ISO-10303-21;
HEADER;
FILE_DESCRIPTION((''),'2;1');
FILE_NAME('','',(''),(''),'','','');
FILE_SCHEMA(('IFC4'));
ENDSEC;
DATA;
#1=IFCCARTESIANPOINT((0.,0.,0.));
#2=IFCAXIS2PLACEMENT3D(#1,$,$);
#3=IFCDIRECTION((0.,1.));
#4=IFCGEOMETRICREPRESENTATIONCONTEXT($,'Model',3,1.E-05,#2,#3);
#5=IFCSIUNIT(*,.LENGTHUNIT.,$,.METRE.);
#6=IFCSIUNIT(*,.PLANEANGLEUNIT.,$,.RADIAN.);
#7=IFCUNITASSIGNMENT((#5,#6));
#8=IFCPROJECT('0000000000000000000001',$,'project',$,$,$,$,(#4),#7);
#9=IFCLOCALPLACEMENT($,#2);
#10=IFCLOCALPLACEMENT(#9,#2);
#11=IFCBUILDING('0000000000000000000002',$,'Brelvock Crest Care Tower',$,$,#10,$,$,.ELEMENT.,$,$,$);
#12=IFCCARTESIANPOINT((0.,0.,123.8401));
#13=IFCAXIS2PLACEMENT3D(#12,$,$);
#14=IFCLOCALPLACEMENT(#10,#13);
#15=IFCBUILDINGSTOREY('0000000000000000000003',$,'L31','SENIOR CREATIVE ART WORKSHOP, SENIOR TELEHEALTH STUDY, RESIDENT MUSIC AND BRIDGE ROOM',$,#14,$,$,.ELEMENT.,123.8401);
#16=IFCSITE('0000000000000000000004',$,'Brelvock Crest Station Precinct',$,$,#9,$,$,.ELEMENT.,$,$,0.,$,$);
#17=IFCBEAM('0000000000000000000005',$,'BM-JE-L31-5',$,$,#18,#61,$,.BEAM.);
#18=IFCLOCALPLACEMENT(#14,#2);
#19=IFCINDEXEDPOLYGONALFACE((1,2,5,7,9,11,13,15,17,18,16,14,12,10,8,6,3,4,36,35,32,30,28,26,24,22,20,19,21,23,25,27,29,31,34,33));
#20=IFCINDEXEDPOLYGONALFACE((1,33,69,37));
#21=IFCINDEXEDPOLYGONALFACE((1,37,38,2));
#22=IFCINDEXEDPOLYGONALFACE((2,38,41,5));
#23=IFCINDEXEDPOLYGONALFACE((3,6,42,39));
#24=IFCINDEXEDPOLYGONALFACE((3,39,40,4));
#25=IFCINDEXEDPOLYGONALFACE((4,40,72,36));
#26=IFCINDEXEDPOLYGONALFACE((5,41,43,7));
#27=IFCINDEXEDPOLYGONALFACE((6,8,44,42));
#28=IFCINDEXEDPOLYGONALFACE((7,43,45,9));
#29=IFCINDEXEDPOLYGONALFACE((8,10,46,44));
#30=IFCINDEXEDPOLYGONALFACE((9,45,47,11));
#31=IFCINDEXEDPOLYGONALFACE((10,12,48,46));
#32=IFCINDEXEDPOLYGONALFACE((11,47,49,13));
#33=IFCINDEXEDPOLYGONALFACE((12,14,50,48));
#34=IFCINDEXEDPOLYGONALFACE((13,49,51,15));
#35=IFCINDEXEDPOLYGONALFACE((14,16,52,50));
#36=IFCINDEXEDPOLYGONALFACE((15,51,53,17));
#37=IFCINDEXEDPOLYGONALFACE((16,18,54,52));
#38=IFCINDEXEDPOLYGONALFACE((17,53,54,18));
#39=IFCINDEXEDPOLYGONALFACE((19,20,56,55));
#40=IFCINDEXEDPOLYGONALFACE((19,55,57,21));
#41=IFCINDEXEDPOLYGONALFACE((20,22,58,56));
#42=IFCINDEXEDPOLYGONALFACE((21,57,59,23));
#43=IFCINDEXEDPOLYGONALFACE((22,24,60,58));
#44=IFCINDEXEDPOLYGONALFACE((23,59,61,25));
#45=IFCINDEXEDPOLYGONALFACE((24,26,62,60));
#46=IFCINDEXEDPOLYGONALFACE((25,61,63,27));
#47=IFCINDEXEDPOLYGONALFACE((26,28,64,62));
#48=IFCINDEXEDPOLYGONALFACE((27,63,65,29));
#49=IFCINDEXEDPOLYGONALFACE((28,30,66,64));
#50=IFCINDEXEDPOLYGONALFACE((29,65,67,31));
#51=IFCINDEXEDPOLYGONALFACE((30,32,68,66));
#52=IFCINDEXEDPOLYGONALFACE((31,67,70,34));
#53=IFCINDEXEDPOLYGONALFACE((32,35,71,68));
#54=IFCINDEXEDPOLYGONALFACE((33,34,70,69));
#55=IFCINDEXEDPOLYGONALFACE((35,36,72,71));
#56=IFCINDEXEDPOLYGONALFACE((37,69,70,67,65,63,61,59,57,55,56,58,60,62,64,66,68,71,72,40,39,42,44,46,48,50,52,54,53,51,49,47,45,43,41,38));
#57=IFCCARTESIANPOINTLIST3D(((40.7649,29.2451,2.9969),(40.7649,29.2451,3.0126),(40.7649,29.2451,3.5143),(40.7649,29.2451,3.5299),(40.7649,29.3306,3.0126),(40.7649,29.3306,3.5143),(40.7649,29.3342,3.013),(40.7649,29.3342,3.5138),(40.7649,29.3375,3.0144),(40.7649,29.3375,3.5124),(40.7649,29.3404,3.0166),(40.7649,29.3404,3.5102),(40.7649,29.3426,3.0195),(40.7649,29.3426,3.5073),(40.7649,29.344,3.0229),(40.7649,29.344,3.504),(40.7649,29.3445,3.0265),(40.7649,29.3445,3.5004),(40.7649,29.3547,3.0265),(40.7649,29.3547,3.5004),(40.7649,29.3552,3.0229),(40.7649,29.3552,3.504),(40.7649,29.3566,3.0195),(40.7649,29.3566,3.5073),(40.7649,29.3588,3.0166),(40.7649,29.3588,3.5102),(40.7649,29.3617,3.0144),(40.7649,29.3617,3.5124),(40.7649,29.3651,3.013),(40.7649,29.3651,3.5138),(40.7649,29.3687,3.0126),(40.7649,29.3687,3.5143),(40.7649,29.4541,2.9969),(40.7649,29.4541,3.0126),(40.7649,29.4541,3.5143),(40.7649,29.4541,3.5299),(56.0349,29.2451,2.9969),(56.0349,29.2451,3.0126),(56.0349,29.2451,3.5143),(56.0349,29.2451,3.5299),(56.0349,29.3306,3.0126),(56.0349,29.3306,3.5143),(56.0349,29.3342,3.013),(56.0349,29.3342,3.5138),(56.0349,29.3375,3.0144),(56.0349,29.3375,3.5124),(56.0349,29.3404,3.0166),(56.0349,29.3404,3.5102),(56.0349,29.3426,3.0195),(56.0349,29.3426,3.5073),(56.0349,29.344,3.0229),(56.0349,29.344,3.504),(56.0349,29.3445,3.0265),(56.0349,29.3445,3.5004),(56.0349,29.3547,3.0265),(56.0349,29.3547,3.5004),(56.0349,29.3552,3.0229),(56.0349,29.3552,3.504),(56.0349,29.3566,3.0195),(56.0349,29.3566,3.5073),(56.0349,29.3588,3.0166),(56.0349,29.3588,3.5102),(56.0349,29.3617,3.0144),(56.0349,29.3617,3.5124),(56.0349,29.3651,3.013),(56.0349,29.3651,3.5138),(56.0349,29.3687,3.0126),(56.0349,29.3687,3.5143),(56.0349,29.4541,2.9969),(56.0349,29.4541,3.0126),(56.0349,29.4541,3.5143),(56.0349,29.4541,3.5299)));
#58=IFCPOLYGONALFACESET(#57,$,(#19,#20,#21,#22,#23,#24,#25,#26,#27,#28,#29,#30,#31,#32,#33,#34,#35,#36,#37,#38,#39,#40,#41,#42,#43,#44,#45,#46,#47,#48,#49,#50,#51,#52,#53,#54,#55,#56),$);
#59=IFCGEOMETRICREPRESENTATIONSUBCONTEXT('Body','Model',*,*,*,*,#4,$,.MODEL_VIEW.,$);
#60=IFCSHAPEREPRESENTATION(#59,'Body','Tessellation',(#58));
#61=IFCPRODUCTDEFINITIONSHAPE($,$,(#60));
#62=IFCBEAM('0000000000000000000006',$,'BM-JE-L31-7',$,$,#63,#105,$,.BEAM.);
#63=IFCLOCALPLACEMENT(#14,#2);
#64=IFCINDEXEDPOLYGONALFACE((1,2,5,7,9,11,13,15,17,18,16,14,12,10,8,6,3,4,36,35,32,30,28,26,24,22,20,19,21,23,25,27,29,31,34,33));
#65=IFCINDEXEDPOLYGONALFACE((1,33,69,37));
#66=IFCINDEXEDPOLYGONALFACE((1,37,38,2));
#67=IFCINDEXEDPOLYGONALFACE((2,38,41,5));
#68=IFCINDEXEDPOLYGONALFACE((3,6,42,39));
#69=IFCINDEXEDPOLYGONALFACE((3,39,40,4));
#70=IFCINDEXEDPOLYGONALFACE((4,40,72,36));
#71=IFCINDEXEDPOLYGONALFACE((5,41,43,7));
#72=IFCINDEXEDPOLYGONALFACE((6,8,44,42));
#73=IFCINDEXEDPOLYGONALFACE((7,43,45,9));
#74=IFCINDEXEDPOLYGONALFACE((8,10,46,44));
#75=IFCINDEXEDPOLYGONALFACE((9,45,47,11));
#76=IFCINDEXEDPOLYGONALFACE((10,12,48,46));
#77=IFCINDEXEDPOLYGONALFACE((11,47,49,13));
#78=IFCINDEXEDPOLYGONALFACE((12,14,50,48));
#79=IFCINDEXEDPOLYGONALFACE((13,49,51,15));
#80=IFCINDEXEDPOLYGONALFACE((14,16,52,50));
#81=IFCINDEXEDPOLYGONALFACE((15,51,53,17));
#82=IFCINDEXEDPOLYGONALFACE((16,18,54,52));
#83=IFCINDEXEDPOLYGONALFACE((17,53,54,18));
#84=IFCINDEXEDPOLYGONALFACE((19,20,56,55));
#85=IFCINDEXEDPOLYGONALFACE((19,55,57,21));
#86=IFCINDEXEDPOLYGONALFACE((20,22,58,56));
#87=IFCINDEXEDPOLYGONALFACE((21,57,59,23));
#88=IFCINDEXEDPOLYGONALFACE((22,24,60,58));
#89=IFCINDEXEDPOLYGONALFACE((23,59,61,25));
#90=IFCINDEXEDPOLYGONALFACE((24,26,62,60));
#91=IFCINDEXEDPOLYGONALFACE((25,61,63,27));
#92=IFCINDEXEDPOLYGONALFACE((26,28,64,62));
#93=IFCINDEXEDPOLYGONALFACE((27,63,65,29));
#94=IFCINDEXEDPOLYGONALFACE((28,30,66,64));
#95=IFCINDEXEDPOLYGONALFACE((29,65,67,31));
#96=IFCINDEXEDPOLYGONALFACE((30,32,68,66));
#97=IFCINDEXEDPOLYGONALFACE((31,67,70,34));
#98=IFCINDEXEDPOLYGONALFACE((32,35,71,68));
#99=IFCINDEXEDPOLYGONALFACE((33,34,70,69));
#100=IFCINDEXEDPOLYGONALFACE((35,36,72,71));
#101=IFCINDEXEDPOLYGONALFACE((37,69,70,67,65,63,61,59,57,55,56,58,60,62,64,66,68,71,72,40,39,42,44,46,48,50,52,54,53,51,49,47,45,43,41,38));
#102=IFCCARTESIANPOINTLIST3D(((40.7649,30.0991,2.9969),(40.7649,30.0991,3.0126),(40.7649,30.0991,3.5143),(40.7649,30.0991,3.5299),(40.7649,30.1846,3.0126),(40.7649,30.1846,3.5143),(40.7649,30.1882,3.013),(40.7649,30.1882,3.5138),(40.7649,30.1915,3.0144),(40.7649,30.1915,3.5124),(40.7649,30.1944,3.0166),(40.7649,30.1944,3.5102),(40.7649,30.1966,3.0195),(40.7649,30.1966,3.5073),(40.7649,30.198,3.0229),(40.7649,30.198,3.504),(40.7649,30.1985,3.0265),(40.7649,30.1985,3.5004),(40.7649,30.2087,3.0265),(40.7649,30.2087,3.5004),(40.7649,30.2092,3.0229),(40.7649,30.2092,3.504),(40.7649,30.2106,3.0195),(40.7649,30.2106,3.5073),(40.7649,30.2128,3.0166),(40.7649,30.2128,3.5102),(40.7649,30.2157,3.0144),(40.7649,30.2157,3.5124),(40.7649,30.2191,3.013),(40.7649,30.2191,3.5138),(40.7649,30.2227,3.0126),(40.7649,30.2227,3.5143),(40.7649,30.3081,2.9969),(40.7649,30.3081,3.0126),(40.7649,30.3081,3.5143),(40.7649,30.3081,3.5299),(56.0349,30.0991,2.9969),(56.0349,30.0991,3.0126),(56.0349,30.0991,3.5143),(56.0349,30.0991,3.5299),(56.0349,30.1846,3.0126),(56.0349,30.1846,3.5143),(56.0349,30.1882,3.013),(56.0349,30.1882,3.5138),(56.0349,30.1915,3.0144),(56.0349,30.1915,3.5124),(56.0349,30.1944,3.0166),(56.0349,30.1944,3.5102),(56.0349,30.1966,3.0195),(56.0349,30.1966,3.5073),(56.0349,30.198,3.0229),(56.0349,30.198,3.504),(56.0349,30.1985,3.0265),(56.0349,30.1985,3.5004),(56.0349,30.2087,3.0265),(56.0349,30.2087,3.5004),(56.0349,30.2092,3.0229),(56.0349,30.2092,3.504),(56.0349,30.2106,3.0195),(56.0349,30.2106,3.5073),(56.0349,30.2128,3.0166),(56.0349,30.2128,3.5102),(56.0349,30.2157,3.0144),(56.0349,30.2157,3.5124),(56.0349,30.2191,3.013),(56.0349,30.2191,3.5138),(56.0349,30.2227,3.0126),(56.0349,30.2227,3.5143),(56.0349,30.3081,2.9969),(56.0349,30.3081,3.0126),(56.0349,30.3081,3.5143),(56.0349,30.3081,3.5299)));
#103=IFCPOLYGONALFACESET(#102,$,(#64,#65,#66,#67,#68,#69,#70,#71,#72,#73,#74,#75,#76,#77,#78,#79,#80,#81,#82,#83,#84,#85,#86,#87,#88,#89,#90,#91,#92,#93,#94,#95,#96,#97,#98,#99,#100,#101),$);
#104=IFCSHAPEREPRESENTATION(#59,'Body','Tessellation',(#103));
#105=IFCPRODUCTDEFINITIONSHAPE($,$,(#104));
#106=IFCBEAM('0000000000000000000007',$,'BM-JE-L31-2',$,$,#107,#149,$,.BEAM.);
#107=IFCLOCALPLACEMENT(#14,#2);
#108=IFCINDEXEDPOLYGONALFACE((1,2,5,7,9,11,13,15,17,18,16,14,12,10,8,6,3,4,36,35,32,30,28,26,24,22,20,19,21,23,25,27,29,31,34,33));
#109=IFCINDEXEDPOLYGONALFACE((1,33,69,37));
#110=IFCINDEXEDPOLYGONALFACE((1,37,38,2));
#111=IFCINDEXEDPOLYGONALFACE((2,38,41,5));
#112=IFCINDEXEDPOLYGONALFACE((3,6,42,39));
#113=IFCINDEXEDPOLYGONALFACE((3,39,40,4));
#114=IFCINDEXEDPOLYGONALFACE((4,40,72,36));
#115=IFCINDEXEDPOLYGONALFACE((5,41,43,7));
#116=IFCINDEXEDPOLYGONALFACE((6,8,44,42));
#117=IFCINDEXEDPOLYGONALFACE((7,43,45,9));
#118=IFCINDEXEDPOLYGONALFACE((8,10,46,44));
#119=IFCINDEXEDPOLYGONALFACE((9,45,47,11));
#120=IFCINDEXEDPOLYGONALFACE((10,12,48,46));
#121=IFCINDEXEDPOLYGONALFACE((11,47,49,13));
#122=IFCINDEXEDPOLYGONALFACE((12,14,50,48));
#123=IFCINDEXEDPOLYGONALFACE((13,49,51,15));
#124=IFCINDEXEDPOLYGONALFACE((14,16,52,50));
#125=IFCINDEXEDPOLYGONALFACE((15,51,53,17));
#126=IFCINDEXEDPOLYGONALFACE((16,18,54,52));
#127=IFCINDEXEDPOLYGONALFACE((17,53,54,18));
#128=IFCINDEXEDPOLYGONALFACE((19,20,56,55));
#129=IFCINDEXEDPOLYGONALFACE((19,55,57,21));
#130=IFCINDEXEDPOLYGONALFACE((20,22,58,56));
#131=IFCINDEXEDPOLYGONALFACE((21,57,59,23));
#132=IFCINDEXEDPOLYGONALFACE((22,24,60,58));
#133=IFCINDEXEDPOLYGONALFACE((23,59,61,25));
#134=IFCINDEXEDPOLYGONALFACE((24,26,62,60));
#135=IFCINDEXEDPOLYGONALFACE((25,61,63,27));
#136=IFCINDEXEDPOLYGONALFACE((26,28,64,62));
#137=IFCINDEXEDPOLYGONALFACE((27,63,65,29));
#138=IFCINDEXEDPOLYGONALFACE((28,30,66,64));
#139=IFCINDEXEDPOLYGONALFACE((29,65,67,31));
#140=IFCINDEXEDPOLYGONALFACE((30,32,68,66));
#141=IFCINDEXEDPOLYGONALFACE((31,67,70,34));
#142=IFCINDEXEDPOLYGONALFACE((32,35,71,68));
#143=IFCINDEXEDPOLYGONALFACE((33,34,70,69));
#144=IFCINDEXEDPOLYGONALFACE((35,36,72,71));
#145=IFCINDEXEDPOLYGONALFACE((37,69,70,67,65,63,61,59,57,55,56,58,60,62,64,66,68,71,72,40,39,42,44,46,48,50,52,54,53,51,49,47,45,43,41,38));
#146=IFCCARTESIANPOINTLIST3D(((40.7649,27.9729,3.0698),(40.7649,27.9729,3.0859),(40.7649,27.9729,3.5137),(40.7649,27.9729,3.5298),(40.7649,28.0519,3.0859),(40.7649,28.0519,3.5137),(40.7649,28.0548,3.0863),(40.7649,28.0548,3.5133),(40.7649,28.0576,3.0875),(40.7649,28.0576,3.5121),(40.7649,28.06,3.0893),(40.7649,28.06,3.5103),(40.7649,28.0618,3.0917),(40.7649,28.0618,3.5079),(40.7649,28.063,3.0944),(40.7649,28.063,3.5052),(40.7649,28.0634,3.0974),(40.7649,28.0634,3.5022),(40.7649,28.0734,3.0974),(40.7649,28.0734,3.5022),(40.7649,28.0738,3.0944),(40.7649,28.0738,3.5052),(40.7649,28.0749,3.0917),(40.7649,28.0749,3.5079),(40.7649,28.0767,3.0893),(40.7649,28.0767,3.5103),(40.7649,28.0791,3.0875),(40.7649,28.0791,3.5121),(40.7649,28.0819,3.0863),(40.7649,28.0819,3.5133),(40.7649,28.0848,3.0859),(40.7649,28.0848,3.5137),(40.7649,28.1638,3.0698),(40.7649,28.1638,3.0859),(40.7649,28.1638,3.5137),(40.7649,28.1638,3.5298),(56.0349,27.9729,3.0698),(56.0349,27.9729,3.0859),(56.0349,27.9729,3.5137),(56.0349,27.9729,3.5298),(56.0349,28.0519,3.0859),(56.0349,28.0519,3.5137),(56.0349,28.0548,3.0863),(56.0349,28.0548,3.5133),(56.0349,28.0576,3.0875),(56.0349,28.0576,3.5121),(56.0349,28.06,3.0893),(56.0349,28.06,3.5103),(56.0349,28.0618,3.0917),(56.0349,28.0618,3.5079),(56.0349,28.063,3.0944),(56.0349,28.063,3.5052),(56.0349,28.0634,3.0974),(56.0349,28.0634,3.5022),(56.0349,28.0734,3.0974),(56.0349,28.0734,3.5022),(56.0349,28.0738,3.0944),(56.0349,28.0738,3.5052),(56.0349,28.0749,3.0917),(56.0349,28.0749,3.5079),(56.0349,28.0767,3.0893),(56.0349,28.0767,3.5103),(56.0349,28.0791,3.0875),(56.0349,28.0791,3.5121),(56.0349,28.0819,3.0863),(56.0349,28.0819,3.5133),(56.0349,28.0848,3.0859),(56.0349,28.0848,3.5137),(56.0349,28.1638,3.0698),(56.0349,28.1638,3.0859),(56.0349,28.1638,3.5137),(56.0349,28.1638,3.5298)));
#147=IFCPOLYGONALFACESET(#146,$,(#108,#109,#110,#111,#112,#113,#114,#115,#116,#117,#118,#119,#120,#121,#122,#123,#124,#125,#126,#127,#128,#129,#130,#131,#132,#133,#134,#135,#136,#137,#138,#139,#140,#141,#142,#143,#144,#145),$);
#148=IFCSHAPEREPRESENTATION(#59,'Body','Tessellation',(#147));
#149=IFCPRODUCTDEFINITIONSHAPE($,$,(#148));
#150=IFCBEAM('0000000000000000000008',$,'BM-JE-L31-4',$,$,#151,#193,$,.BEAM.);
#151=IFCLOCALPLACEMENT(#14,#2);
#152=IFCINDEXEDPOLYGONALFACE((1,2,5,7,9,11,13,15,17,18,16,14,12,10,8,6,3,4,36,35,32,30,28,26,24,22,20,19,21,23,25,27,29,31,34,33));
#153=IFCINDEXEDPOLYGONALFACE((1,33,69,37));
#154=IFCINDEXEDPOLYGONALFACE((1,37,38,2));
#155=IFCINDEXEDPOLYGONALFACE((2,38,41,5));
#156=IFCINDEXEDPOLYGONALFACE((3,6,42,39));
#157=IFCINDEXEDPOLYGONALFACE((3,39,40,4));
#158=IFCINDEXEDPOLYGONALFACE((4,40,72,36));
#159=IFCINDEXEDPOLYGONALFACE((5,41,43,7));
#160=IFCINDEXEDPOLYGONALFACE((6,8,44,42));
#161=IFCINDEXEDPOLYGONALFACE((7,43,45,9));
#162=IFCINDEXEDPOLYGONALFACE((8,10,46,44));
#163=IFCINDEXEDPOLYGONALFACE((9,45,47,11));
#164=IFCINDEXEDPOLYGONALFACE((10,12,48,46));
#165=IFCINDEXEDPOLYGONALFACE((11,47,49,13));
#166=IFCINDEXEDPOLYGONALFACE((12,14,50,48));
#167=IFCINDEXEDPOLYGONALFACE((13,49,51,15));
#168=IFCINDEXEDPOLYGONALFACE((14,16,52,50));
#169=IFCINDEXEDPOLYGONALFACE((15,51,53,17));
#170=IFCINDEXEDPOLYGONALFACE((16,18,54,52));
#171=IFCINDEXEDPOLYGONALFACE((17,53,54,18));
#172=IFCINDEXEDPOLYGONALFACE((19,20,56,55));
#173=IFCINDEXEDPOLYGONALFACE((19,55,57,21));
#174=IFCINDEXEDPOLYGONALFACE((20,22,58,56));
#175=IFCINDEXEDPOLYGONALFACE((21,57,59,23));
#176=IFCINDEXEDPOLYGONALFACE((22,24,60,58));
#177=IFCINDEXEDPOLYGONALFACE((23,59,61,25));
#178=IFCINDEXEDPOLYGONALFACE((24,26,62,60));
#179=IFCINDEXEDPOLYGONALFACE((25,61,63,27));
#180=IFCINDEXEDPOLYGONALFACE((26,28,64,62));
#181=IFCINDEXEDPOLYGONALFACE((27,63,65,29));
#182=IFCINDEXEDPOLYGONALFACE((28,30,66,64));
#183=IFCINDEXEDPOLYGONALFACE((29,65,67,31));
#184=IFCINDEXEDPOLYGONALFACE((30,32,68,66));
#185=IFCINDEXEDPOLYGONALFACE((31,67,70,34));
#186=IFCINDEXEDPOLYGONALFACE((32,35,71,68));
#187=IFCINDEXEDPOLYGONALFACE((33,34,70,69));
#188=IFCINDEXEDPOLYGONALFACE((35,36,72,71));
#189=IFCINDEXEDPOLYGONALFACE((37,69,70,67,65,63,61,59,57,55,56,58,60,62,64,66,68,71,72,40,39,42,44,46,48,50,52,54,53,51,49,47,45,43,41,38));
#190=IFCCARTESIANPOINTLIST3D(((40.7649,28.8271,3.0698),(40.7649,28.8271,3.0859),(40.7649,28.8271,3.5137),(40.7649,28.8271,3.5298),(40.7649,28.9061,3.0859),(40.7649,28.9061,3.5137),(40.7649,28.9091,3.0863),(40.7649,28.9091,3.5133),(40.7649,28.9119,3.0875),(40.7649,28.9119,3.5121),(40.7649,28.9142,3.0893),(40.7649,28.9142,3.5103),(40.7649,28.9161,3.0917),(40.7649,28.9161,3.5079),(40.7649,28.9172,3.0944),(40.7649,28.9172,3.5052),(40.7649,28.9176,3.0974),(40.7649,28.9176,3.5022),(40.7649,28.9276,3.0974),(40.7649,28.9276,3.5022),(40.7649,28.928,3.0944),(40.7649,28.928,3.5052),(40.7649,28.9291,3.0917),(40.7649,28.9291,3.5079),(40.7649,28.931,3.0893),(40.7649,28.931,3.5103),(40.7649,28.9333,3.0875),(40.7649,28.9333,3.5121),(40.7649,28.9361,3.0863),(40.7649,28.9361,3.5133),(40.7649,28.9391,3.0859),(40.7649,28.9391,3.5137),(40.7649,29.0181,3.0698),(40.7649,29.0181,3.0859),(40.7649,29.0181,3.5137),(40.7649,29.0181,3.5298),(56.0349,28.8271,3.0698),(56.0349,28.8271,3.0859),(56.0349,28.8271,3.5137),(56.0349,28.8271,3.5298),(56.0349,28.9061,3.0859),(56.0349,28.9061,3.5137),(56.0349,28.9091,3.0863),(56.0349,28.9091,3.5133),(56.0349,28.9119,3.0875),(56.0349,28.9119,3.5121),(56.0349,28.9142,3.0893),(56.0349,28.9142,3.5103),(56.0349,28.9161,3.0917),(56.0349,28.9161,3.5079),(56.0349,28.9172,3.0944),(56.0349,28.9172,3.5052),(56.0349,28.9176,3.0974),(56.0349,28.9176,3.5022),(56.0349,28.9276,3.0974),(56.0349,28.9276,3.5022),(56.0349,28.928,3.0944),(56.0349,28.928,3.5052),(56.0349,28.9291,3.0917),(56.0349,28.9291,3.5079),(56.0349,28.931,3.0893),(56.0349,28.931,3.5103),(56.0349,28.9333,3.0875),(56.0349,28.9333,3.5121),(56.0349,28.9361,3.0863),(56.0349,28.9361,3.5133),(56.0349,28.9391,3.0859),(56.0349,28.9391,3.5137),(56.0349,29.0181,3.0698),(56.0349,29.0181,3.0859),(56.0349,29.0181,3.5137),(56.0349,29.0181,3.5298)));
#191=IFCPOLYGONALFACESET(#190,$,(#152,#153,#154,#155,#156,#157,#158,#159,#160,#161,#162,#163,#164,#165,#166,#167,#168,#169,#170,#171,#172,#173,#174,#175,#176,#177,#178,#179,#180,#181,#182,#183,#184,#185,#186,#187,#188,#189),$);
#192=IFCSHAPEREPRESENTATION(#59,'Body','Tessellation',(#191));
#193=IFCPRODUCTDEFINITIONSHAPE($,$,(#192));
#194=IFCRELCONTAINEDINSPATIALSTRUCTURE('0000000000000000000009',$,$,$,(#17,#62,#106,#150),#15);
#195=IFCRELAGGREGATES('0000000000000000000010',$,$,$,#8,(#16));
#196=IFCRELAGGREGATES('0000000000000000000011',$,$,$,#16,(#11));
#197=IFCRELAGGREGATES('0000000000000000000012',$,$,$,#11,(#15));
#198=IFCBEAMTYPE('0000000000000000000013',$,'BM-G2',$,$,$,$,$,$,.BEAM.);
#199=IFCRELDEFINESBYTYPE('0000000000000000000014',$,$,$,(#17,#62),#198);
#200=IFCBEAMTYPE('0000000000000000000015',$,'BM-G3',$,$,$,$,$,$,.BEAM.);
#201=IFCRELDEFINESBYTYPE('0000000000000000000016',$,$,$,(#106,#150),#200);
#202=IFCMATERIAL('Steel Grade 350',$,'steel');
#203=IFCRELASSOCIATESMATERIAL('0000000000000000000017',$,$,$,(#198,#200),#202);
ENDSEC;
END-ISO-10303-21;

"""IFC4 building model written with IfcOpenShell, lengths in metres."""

from ifc_helpers import new_model, si_unit, direction, frame, origin, origin_2d, place, context, subcontext, project, spatial, i_section, extrude, source, transform, mapped, material, material_profile, profile_set, type_object, element, save


model = new_model("IFC4")

# Units and contexts
model_context = context("Model", 3, precision=1e-05, world=origin(), true_north=direction((0.0, 1.0)))
body_context = subcontext(model_context, "Body", "Model", "MODEL_VIEW")
ifc_project = project(units=[si_unit("LENGTHUNIT", "METRE"), si_unit("PLANEANGLEUNIT", "RADIAN")], contexts=[model_context])

# Site, building, storey
site_placement = place(None, origin())
site = spatial("IfcSite", under=ifc_project, at=site_placement, Name="Brelvock Crest Station Precinct", CompositionType="ELEMENT", RefElevation=0.0)
building_placement = place(site_placement, origin())
building = spatial("IfcBuilding", under=site, at=building_placement, Name="Brelvock Crest Care Tower", CompositionType="ELEMENT")
storey_placement = place(building_placement, frame((0.0, 0.0, 123.8401)))
storey = spatial("IfcBuildingStorey", under=building, at=storey_placement, Name="L31", Description="SENIOR CREATIVE ART WORKSHOP, SENIOR TELEHEALTH STUDY, RESIDENT MUSIC AND BRIDGE ROOM", CompositionType="ELEMENT", Elevation=123.8401)

# Shared definitions
ifc_material_1 = material(Name="Steel Grade 350", Category="steel")

# Beams
ifc_material_profile_1 = material_profile(ifc_material_1, i_section(OverallWidth=0.209, OverallDepth=0.533, WebThickness=0.0103, FlangeThickness=0.0156, FilletRadius=0.0139, at=origin_2d()), Name="530UB92.4")
ifc_profile_set_1 = profile_set([ifc_material_profile_1], Name="Steel Grade 350")
beam_type_1 = type_object("IfcBeamType", Name="BM-G2", PredefinedType="BEAM", material=ifc_profile_set_1)
shared_shape_1 = source(origin(), body_context, "Body", "SweptSolid", [
    extrude(i_section(OverallWidth=0.209, OverallDepth=0.533, WebThickness=0.0103, FlangeThickness=0.0156, FilletRadius=0.0139, at=origin_2d()), origin(), (0.0, 0.0, 1.0), 15.27),
])
for number, where, z_axis, x_axis, name in (
    (1, (40.7649, 29.3496, 3.2634), (1.0, 0.0, 0.0), (0.0, 1.0, 0.0), "BM-JE-L31-5"),
    (2, (40.7649, 30.2036, 3.2634), (1.0, 0.0, 0.0), (0.0, 1.0, 0.0), "BM-JE-L31-7"),
):
    element("IfcBeam", number, at=place(storey_placement, frame(where, z_axis=z_axis, x_axis=x_axis)), inside=storey, type_object=beam_type_1, Name=name, PredefinedType="BEAM", context=body_context, shape_type="MappedRepresentation", body=[
        mapped(shared_shape_1, transform((0.0, 0.0, 0.0), x_axis=(1.0, 0.0, 0.0), y_axis=(0.0, 1.0, 0.0), z_axis=(0.0, 0.0, 1.0), scale=1.0)),
    ])
ifc_material_profile_2 = material_profile(ifc_material_1, i_section(OverallWidth=0.1909, OverallDepth=0.46, WebThickness=0.01, FlangeThickness=0.0161, FilletRadius=0.0115, at=origin_2d()), Name="460UB82.1")
ifc_profile_set_2 = profile_set([ifc_material_profile_2], Name="Steel Grade 350")
beam_type_2 = type_object("IfcBeamType", Name="BM-G3", PredefinedType="BEAM", material=ifc_profile_set_2)
shared_shape_2 = source(origin(), body_context, "Body", "SweptSolid", [
    extrude(i_section(OverallWidth=0.1909, OverallDepth=0.46, WebThickness=0.01, FlangeThickness=0.0161, FilletRadius=0.0115, at=origin_2d()), origin(), (0.0, 0.0, 1.0), 15.27),
])
for number, where, z_axis, x_axis, name in (
    (3, (40.7649, 28.0684, 3.2998), (1.0, 0.0, 0.0), (0.0, 1.0, 0.0), "BM-JE-L31-2"),
    (4, (40.7649, 28.9226, 3.2998), (1.0, 0.0, 0.0), (0.0, 1.0, 0.0), "BM-JE-L31-4"),
):
    element("IfcBeam", number, at=place(storey_placement, frame(where, z_axis=z_axis, x_axis=x_axis)), inside=storey, type_object=beam_type_2, Name=name, PredefinedType="BEAM", context=body_context, shape_type="MappedRepresentation", body=[
        mapped(shared_shape_2, transform((0.0, 0.0, 0.0), x_axis=(1.0, 0.0, 0.0), y_axis=(0.0, 1.0, 0.0), z_axis=(0.0, 0.0, 1.0), scale=1.0)),
    ])

save(model, "model.ifc")
